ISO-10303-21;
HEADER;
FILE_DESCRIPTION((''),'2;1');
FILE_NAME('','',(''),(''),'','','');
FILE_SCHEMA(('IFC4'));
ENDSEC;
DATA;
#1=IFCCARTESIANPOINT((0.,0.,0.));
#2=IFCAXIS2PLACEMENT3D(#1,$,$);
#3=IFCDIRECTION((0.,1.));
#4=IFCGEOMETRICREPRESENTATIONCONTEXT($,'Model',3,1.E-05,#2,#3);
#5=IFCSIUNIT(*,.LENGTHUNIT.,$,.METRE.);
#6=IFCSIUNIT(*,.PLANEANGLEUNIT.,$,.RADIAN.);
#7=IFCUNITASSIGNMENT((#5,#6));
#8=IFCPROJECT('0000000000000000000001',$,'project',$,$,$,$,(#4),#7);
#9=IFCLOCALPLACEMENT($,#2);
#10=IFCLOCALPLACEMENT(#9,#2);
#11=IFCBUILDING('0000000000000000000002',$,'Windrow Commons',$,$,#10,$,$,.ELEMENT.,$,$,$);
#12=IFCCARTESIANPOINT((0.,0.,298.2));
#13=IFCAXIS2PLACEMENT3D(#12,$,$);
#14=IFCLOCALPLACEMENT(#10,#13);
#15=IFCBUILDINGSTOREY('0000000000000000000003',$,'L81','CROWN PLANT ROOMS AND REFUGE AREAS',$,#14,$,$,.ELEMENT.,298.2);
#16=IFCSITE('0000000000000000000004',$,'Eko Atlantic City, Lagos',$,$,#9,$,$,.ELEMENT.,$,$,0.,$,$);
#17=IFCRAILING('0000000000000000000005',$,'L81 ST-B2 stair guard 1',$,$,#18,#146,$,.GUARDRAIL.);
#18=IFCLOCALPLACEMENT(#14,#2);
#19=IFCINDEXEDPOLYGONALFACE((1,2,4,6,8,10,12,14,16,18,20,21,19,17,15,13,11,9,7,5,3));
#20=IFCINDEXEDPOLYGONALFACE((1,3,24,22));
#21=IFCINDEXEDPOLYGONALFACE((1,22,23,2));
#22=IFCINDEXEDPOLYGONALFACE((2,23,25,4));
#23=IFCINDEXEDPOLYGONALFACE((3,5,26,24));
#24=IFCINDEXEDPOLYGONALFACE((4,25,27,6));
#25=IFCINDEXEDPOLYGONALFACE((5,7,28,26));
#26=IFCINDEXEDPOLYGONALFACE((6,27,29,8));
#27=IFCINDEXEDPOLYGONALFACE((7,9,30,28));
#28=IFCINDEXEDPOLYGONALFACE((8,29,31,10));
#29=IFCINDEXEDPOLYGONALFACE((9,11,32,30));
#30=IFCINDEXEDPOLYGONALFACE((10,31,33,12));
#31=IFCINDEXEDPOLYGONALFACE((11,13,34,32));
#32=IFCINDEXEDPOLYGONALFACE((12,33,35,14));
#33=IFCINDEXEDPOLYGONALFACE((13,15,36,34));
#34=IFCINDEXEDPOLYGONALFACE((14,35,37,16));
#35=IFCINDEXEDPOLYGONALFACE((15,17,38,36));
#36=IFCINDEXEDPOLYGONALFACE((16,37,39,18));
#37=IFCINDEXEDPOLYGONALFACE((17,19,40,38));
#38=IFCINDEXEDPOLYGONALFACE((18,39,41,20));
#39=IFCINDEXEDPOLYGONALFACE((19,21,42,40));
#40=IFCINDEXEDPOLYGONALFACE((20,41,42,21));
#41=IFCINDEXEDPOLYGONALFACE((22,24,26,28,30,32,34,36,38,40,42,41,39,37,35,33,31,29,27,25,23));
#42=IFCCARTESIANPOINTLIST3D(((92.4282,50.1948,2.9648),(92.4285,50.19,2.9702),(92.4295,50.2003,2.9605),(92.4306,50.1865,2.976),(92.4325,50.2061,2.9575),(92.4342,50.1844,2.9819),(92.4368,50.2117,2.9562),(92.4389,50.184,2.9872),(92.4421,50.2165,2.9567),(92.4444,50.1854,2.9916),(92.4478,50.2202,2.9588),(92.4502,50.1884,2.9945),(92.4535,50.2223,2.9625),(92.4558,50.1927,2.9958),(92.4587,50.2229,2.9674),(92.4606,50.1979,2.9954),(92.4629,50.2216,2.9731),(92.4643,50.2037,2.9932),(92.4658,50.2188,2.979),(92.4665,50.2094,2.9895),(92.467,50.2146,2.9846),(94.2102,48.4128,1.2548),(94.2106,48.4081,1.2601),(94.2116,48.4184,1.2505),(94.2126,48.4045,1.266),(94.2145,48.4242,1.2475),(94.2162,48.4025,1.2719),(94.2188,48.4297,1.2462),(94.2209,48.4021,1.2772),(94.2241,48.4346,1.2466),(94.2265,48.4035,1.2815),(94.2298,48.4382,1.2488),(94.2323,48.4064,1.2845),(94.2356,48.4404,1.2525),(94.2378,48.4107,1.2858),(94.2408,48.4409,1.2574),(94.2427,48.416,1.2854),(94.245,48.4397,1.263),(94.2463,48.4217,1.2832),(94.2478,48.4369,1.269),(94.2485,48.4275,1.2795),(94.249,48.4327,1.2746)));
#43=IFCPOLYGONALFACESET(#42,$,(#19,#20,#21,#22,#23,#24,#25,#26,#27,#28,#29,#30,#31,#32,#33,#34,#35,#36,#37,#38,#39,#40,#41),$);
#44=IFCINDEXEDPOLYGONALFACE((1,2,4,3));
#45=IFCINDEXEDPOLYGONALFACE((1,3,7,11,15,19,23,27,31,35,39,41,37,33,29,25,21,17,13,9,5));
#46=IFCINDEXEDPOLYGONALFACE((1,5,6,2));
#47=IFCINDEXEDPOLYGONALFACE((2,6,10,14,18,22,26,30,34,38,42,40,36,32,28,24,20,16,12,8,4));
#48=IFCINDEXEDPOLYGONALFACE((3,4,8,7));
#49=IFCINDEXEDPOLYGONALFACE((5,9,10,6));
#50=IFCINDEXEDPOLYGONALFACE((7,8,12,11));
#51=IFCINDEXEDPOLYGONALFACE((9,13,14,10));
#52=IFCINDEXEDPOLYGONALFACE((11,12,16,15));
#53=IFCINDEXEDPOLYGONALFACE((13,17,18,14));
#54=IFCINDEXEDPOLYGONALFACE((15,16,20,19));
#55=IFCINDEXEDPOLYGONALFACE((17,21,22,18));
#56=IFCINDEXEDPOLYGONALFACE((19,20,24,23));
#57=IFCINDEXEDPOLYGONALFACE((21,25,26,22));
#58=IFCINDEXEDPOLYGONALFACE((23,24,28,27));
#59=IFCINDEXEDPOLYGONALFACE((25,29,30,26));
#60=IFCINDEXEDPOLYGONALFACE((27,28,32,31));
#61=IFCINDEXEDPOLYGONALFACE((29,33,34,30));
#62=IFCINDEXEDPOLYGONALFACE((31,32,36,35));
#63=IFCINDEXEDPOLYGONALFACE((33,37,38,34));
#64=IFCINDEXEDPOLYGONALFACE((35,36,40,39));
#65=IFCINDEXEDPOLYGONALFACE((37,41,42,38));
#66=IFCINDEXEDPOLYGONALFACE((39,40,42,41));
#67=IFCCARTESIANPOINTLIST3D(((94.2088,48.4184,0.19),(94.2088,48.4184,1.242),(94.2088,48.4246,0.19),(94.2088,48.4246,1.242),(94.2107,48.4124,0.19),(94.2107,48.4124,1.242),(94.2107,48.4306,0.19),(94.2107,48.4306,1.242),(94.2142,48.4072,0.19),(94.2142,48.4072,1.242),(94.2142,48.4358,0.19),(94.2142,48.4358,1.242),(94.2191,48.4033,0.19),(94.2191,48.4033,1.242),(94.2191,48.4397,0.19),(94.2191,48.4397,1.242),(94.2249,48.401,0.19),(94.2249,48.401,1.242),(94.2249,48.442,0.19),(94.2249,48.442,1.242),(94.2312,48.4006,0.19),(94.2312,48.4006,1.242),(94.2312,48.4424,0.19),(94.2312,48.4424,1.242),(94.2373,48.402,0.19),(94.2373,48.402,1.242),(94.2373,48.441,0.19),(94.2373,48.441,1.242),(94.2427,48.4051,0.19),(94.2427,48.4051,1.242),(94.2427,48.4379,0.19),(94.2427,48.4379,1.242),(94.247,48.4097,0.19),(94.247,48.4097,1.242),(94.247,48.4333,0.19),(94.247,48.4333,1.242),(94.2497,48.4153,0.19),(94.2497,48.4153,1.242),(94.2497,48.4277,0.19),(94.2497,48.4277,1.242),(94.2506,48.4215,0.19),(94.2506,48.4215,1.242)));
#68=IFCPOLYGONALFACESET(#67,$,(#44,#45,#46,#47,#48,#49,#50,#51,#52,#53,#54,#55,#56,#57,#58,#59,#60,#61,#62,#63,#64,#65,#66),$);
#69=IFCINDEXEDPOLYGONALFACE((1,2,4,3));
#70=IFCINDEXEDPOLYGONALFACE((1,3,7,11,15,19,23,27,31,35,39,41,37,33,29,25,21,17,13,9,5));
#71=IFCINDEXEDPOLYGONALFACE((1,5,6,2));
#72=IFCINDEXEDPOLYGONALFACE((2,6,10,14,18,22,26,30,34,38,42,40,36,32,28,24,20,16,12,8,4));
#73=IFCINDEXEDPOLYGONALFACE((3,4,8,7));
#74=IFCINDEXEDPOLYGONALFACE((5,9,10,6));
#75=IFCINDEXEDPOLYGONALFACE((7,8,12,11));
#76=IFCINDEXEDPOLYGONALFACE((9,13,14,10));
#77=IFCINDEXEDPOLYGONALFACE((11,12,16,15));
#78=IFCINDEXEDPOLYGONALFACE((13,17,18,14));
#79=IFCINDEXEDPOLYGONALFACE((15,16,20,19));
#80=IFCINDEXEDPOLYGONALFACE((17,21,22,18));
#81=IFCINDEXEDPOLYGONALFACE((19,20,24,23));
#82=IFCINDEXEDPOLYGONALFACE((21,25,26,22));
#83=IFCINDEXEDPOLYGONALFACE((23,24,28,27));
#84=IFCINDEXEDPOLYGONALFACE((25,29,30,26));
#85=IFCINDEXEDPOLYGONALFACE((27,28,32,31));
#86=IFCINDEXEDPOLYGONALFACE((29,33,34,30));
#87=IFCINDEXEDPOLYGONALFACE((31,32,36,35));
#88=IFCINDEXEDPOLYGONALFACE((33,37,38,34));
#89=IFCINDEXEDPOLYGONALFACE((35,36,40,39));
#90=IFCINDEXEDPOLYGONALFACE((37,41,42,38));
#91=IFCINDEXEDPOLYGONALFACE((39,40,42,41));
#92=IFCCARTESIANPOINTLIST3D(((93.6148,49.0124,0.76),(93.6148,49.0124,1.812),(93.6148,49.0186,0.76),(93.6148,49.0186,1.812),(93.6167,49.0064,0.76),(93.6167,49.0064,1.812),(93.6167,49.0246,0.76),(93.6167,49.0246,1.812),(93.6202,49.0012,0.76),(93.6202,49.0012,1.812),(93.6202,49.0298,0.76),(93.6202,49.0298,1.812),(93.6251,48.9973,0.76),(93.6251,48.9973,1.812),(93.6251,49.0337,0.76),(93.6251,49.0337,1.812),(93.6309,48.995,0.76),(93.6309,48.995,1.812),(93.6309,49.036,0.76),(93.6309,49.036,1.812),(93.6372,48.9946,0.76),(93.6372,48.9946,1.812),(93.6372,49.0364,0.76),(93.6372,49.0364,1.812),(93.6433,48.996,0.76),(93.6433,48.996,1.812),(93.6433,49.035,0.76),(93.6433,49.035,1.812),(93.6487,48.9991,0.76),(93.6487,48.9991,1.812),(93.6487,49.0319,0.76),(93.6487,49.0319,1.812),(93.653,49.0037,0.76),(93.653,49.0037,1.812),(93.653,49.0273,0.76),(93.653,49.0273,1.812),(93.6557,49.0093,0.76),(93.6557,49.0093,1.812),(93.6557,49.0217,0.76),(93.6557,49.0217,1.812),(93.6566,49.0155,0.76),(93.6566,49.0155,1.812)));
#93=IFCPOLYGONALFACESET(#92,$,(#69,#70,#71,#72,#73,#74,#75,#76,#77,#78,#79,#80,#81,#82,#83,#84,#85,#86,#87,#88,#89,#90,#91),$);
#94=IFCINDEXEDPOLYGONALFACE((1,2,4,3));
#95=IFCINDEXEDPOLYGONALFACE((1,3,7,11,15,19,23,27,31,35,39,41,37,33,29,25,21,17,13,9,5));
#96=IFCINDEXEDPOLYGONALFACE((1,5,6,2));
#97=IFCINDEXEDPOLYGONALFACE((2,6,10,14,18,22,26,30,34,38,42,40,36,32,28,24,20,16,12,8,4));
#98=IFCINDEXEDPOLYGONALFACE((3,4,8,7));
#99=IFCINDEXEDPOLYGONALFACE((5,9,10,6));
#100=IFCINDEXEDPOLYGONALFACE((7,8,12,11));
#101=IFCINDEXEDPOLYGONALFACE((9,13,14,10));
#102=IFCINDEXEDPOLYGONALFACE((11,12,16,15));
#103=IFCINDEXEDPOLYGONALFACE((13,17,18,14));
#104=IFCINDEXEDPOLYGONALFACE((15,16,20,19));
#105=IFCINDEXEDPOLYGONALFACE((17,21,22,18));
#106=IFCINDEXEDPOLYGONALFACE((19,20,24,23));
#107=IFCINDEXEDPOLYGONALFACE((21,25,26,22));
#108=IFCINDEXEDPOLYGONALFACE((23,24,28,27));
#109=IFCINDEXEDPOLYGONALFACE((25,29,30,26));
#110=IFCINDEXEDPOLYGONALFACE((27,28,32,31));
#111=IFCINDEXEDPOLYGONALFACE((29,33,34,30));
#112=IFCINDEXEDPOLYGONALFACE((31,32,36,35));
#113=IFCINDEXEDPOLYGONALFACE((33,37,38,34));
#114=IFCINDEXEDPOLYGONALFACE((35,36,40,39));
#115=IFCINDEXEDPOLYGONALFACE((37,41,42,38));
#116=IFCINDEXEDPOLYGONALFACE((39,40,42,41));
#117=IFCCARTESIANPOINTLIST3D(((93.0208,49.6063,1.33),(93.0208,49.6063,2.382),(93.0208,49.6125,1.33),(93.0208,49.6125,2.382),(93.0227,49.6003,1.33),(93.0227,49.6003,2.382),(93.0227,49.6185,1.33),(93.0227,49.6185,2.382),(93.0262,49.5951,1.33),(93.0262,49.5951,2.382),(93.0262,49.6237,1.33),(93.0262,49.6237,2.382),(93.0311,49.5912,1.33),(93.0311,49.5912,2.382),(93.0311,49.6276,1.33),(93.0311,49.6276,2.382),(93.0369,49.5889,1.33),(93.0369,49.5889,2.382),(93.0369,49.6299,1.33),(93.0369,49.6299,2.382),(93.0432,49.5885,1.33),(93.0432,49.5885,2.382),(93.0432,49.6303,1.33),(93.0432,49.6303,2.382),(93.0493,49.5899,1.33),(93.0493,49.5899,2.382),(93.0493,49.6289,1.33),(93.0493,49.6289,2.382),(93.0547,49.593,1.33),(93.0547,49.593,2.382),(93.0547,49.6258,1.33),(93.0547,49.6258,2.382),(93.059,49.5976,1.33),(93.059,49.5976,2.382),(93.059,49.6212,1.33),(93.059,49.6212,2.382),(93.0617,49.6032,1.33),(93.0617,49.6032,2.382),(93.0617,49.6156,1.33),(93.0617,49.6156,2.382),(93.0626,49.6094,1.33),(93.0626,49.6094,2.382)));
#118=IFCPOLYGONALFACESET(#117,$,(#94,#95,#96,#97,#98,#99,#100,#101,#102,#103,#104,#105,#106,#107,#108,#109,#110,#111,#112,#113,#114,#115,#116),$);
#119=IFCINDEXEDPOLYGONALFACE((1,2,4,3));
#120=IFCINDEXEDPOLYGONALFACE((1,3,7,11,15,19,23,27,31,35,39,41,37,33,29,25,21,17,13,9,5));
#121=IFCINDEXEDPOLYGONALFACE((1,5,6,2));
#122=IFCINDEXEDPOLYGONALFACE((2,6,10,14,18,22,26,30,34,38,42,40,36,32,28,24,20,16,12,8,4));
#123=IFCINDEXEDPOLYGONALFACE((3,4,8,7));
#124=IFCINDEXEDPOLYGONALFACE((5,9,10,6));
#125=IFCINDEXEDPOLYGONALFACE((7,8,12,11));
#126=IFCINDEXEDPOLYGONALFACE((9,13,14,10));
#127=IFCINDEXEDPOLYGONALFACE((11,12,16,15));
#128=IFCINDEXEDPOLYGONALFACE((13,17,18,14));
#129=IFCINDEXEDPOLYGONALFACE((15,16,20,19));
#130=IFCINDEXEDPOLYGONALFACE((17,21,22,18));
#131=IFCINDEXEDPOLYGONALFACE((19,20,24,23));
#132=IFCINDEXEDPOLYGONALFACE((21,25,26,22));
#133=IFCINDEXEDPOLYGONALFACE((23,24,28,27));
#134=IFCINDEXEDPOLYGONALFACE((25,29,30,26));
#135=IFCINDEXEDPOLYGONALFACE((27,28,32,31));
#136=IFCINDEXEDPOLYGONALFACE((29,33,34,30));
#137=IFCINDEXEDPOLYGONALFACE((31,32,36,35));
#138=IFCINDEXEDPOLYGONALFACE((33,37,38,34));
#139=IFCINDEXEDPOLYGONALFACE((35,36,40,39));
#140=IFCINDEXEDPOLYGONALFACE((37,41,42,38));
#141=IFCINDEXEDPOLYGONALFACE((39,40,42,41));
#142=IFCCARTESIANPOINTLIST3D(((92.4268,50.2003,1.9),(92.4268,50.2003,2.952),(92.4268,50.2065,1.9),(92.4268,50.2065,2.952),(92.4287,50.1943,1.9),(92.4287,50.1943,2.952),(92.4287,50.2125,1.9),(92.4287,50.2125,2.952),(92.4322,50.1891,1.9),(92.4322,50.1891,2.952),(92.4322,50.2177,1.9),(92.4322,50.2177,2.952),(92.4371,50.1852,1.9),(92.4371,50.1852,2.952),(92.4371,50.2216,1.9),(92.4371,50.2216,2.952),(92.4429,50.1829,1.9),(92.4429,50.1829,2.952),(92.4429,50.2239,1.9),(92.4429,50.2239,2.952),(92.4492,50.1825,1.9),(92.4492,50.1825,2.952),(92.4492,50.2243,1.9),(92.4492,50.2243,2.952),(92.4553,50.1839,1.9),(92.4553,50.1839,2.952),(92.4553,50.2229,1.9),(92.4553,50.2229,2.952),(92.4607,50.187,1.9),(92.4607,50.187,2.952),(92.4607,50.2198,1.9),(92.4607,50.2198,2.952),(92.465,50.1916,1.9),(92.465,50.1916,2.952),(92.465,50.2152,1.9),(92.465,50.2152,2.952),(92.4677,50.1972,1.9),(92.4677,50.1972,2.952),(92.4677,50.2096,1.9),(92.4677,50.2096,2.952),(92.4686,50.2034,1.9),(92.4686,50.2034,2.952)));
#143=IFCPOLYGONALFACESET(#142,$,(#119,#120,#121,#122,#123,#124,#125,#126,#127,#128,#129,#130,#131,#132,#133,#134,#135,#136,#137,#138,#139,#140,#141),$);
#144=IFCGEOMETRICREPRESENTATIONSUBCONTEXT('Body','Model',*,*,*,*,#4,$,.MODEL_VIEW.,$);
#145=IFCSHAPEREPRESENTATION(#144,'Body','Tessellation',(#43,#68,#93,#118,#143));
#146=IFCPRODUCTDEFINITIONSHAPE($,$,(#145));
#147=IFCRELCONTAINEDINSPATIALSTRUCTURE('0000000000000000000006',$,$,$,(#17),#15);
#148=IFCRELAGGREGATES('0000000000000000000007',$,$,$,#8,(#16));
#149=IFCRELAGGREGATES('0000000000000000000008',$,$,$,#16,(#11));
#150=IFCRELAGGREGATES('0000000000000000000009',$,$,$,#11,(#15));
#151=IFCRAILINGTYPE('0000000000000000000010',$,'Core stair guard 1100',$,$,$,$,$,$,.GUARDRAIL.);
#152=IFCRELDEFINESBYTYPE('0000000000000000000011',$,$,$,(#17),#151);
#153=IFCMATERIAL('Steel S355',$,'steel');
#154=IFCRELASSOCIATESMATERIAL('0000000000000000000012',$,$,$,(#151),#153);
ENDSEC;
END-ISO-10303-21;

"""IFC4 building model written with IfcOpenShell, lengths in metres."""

from ifc_helpers import new_model, si_unit, direction, frame, origin, origin_2d, place, context, subcontext, project, spatial, circle, extrude, material, type_object, element, save


model = new_model("IFC4")

# Units and contexts
model_context = context("Model", 3, precision=1e-05, world=origin(), true_north=direction((0.0, 1.0)))
body_context = subcontext(model_context, "Body", "Model", "MODEL_VIEW")
ifc_project = project(units=[si_unit("LENGTHUNIT", "METRE"), si_unit("PLANEANGLEUNIT", "RADIAN")], contexts=[model_context])

# Site, building, storey
site_placement = place(None, origin())
site = spatial("IfcSite", under=ifc_project, at=site_placement, Name="Eko Atlantic City, Lagos", CompositionType="ELEMENT", RefElevation=0.0)
building_placement = place(site_placement, origin())
building = spatial("IfcBuilding", under=site, at=building_placement, Name="Windrow Commons", CompositionType="ELEMENT")
storey_placement = place(building_placement, frame((0.0, 0.0, 298.2)))
storey = spatial("IfcBuildingStorey", under=building, at=storey_placement, Name="L81", Description="CROWN PLANT ROOMS AND REFUGE AREAS", CompositionType="ELEMENT", Elevation=298.2)

# Railing
ifc_material_1 = material(Name="Steel S355", Category="steel")
railing_type_1 = type_object("IfcRailingType", Name="Core stair guard 1100", PredefinedType="GUARDRAIL", material=ifc_material_1)
railing_1_placement = place(storey_placement, frame((94.2296, 48.4215, 0.19)))
element("IfcRailing", 1, at=railing_1_placement, inside=storey, type_object=railing_type_1, Name="L81 ST-B2 stair guard 1", PredefinedType="GUARDRAIL", context=body_context, shape_type="SweptSolid", body=[
    extrude(circle(Radius=0.024, at=origin_2d()), frame((0.0, 0.0, 1.076), z_axis=(-0.585134, 0.585102, 0.561493), x_axis=(-0.707087, -0.707127, 0.0)), (0.0, 0.0, 1.0), 3.0455),
    extrude(circle(Radius=0.021, at=origin_2d()), origin(), (0.0, 0.0, 1.0), 1.052),
    extrude(circle(Radius=0.021, at=origin_2d()), frame((-0.594, 0.594, 0.57)), (0.0, 0.0, 1.0), 1.052),
    extrude(circle(Radius=0.021, at=origin_2d()), frame((-1.188, 1.1879, 1.14)), (0.0, 0.0, 1.0), 1.052),
    extrude(circle(Radius=0.021, at=origin_2d()), frame((-1.782, 1.7819, 1.71)), (0.0, 0.0, 1.0), 1.052),
])

save(model, "model.ifc")
